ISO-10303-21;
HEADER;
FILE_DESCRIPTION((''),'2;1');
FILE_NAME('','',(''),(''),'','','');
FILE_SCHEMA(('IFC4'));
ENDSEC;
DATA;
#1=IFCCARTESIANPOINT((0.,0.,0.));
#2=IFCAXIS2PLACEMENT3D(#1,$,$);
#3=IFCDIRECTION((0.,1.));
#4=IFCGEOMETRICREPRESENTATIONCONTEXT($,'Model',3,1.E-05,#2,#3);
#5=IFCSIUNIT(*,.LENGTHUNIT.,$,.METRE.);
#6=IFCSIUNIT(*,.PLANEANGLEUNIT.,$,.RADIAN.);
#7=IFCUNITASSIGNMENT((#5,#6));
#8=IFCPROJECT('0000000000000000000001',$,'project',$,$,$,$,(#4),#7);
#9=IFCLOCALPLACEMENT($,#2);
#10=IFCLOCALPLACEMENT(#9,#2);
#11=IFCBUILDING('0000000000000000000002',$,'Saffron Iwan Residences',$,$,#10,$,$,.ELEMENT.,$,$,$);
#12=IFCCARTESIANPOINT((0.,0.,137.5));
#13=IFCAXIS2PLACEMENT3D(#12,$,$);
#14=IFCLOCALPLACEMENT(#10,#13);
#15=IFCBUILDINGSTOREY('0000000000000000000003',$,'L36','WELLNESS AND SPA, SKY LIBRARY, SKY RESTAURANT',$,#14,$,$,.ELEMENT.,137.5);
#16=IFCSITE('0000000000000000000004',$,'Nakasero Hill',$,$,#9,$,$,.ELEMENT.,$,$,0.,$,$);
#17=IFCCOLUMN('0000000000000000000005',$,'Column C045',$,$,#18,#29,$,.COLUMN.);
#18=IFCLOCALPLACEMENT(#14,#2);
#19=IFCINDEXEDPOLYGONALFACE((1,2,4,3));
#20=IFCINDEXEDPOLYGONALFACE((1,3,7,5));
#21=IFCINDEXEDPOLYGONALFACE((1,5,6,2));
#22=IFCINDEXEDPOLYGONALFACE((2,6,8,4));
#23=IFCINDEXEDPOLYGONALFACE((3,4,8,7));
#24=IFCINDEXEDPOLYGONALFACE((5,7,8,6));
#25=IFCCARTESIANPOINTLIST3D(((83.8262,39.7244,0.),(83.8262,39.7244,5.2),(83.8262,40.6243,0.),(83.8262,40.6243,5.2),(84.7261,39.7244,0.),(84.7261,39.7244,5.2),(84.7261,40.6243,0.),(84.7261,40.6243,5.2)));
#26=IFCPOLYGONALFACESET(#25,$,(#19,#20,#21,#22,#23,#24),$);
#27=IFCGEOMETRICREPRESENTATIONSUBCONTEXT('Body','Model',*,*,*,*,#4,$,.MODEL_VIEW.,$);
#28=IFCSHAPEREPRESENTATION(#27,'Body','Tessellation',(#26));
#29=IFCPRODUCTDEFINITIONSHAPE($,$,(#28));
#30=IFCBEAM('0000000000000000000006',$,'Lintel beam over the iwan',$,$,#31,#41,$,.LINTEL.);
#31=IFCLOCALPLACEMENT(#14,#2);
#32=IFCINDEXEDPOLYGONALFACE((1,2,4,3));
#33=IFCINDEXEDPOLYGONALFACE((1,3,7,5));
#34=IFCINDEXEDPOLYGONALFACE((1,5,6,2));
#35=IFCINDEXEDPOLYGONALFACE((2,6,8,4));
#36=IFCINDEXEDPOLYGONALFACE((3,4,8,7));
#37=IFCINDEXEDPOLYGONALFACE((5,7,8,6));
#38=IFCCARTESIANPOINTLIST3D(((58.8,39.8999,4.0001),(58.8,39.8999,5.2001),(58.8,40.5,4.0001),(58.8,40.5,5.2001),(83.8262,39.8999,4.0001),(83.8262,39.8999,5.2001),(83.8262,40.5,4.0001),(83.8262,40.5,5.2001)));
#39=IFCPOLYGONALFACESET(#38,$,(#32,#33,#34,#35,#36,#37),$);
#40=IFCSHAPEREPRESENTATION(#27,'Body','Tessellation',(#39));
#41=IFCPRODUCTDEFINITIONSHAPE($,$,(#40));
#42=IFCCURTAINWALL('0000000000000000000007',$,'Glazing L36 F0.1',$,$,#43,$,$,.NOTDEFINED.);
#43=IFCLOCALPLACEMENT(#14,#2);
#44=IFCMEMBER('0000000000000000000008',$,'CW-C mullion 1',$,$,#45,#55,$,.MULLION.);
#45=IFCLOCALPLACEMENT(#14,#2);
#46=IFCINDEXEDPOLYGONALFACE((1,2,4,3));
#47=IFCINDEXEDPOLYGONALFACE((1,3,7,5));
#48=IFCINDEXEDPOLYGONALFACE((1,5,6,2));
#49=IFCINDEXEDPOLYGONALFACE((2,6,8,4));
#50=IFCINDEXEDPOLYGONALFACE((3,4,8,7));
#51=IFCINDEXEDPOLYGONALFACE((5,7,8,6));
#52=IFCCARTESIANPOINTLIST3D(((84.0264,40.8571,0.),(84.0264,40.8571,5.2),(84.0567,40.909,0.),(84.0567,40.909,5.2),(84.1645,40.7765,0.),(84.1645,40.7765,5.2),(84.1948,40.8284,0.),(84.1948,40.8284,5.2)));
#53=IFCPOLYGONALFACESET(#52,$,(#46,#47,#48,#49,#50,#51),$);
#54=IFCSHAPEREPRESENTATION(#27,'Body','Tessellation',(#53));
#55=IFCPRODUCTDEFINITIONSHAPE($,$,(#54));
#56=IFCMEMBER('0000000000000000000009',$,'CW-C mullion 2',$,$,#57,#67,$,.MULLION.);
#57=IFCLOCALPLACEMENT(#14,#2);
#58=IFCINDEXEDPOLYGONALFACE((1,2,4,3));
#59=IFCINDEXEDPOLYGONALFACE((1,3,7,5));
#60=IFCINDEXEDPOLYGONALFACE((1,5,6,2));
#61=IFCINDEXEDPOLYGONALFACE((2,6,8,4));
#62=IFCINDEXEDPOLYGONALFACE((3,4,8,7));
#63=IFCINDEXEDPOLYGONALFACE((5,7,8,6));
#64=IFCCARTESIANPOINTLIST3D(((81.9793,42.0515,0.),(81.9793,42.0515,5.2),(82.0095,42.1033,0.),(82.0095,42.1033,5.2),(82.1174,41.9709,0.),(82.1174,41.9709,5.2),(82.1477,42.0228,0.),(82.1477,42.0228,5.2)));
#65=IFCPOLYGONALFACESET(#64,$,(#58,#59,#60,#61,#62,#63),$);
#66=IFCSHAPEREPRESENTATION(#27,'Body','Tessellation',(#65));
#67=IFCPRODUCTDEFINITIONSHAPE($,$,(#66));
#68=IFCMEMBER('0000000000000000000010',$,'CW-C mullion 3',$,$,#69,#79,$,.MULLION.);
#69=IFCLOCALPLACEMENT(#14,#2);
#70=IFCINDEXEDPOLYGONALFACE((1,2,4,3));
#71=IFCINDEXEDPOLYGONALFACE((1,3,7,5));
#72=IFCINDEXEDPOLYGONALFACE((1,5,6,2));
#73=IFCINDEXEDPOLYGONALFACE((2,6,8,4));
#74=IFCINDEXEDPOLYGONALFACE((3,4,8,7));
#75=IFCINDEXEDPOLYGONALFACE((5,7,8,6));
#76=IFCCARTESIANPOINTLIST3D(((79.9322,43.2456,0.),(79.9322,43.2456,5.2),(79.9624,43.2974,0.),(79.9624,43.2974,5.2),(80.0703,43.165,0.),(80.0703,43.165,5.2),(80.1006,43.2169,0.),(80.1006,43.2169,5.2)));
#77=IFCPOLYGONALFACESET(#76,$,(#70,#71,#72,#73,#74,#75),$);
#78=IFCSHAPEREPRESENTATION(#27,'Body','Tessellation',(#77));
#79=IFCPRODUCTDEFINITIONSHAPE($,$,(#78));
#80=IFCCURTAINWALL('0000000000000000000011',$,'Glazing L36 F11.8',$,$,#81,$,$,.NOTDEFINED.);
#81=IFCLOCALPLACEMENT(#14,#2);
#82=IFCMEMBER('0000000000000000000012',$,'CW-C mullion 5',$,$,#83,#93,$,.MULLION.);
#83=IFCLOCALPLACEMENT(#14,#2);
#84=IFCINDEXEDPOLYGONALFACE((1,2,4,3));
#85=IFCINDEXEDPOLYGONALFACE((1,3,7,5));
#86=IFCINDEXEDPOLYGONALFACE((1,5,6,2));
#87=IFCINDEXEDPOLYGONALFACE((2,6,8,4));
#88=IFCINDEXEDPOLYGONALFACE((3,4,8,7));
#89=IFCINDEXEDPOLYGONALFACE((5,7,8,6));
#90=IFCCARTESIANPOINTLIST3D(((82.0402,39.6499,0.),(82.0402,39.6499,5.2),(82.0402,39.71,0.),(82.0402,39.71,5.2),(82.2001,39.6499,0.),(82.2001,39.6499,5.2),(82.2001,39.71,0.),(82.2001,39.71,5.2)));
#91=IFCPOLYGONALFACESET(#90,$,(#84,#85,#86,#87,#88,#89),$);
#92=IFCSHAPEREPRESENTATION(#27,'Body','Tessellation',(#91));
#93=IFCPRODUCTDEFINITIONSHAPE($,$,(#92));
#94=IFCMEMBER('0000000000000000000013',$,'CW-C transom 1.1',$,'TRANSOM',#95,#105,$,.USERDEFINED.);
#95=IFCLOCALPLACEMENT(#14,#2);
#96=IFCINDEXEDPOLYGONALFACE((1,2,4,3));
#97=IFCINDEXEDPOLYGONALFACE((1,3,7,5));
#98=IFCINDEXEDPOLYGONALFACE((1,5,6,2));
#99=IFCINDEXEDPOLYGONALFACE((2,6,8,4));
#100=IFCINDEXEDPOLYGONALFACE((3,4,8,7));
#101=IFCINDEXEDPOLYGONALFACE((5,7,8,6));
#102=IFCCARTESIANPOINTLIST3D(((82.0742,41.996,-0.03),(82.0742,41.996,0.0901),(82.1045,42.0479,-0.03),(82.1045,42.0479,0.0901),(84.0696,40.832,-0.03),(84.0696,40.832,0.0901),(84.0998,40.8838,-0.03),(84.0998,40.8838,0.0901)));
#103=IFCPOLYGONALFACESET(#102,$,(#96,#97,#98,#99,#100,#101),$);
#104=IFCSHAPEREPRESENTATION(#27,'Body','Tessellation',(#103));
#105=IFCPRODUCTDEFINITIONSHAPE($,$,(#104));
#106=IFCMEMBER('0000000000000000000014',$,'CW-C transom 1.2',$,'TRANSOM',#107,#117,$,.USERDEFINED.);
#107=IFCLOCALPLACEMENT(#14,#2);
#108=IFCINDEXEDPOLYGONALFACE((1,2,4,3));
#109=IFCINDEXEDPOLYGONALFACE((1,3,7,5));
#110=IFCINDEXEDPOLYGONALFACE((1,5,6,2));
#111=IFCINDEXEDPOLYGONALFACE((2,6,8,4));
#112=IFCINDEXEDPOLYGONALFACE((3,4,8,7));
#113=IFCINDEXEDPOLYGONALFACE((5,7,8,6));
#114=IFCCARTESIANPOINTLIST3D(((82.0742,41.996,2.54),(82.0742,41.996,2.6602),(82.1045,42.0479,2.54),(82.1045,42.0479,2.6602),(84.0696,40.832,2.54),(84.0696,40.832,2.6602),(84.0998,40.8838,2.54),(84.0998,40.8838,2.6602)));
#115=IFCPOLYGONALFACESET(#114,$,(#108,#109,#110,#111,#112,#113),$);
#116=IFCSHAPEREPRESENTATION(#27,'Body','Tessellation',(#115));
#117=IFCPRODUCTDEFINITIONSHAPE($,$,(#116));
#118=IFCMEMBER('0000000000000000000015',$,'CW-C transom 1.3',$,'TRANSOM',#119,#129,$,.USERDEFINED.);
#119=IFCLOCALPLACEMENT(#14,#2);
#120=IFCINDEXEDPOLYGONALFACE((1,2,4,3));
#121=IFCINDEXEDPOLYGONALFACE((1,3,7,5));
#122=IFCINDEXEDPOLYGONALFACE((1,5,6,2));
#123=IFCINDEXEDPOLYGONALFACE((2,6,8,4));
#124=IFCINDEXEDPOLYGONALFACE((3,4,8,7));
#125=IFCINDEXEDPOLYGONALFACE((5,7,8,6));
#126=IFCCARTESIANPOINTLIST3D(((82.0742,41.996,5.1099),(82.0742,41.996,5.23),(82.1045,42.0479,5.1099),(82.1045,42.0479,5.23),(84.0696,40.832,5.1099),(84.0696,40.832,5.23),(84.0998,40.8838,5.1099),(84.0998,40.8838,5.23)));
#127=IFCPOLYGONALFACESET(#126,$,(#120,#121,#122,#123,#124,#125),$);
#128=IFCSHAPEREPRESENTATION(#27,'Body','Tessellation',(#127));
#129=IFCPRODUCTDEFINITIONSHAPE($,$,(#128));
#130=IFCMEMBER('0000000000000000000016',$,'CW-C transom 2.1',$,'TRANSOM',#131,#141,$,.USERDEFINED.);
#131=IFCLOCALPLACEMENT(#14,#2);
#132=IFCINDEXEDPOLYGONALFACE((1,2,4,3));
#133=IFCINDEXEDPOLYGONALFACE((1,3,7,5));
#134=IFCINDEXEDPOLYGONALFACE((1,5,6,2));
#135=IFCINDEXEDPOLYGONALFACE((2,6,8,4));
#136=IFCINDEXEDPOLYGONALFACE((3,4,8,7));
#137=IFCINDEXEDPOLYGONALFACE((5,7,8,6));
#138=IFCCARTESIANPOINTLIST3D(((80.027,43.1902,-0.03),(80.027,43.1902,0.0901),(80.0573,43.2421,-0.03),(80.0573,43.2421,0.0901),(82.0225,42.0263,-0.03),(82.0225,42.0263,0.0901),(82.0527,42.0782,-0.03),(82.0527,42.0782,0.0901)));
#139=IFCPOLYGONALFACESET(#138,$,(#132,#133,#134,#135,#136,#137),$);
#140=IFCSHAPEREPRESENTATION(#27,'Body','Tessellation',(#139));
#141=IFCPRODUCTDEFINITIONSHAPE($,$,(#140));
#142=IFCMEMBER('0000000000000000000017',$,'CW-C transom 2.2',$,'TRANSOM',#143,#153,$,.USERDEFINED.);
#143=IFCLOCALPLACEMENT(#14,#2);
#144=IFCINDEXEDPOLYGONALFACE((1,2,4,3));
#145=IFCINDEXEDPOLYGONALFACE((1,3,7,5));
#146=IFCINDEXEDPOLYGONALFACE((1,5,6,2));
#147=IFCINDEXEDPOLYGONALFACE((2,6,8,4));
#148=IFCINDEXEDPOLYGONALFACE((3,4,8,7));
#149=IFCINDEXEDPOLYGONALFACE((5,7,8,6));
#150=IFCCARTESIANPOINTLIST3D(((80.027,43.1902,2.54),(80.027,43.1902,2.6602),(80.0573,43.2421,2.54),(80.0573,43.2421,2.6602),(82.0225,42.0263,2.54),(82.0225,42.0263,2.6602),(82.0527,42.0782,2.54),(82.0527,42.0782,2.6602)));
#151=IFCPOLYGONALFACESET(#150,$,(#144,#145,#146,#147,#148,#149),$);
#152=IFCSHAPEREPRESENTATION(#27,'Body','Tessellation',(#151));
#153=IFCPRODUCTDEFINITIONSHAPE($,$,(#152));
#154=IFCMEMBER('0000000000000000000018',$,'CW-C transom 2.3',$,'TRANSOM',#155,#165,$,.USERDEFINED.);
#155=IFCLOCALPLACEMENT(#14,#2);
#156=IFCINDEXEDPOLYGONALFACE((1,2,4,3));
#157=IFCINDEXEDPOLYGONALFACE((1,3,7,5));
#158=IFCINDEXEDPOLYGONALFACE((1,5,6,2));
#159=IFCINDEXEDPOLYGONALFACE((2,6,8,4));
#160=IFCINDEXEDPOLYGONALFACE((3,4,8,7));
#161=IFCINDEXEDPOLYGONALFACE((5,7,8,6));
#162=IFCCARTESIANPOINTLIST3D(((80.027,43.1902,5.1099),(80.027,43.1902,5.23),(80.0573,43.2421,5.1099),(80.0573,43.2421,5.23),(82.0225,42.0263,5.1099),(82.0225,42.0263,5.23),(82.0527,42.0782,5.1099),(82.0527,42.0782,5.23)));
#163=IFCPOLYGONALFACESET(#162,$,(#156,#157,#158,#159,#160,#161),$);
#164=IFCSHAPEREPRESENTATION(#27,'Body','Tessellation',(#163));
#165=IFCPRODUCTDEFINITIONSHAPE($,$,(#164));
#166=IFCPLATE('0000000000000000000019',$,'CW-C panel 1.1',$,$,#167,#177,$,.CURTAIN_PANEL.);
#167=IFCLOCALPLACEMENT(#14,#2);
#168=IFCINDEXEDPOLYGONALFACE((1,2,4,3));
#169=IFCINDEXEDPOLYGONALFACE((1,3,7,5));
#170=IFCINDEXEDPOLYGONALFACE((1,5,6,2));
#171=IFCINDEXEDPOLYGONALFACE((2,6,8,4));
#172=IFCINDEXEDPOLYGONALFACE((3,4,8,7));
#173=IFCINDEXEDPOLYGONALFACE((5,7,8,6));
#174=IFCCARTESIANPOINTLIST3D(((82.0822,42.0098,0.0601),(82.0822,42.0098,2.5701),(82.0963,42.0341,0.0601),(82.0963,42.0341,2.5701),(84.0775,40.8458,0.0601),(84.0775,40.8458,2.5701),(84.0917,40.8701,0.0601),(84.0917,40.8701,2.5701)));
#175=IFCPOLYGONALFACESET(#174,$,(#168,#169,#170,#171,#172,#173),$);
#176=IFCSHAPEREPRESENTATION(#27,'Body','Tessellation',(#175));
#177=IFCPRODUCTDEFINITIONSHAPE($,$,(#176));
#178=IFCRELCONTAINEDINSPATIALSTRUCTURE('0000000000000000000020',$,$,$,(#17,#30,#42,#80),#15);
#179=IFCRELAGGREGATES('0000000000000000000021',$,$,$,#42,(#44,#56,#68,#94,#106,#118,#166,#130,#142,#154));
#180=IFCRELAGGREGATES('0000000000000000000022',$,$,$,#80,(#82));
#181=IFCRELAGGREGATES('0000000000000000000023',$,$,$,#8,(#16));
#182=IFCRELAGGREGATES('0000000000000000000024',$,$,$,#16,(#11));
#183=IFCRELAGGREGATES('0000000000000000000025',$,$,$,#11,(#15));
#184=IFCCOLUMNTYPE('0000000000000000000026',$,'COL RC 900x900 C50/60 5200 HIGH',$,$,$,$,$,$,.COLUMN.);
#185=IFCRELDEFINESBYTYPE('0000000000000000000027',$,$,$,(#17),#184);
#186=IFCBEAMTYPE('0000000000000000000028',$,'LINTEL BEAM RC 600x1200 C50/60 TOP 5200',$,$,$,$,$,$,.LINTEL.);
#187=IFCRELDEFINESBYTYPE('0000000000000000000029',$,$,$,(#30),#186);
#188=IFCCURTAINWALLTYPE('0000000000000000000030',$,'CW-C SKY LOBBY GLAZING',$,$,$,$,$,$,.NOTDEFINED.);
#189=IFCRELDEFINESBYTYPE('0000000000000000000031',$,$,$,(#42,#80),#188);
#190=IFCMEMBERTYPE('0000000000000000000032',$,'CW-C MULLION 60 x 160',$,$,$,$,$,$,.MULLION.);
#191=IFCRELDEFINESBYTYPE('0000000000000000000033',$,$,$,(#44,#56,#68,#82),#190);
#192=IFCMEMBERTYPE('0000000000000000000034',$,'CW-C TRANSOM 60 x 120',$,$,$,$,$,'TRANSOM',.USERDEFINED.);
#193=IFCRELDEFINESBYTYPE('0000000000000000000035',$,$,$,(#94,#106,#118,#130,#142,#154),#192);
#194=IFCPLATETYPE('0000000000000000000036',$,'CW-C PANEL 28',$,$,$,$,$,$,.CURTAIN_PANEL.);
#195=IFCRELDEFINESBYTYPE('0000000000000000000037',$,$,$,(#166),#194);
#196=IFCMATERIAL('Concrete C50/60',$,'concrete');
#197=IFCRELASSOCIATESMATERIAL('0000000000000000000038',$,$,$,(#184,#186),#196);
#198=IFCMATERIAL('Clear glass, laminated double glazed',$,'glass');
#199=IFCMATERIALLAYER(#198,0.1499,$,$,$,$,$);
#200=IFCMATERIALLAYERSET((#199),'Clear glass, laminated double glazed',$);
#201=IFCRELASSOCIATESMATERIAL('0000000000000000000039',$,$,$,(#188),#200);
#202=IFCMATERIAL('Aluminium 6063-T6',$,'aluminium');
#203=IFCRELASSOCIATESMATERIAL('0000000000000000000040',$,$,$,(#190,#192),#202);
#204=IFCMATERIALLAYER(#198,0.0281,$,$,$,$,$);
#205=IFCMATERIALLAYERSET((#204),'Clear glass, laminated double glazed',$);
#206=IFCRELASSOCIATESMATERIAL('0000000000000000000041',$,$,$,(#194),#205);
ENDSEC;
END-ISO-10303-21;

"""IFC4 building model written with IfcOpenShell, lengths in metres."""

from ifc_helpers import new_model, si_unit, direction, frame, origin, origin_2d, place, context, subcontext, project, spatial, rectangle, extrude, source, transform, mapped, material, layer, layer_set, material_profile, profile_set, type_object, element, aggregate, save


model = new_model("IFC4")

# Units and contexts
model_context = context("Model", 3, precision=1e-05, world=origin(), true_north=direction((0.0, 1.0)))
body_context = subcontext(model_context, "Body", "Model", "MODEL_VIEW")
ifc_project = project(units=[si_unit("LENGTHUNIT", "METRE"), si_unit("PLANEANGLEUNIT", "RADIAN")], contexts=[model_context])

# Site, building, storey
site_placement = place(None, origin())
site = spatial("IfcSite", under=ifc_project, at=site_placement, Name="Nakasero Hill", CompositionType="ELEMENT", RefElevation=0.0)
building_placement = place(site_placement, origin())
building = spatial("IfcBuilding", under=site, at=building_placement, Name="Saffron Iwan Residences", CompositionType="ELEMENT")
storey_placement = place(building_placement, frame((0.0, 0.0, 137.5)))
storey = spatial("IfcBuildingStorey", under=building, at=storey_placement, Name="L36", Description="WELLNESS AND SPA, SKY LIBRARY, SKY RESTAURANT", CompositionType="ELEMENT", Elevation=137.5)

# Column
ifc_material_1 = material(Name="Concrete C50/60", Category="concrete")
ifc_material_profile_1 = material_profile(ifc_material_1, rectangle(XDim=0.8999, YDim=0.8999, at=origin_2d()), Name="RC 900x900")
ifc_profile_set_1 = profile_set([ifc_material_profile_1], Name="Concrete C50/60")
column_type = type_object("IfcColumnType", Name="COL RC 900x900 C50/60 5200 HIGH", PredefinedType="COLUMN", material=ifc_profile_set_1)
shared_shape_1 = source(origin(), body_context, "Body", "SweptSolid", [
    extrude(rectangle(XDim=0.8999, YDim=0.8999, at=origin_2d()), origin(), (0.0, 0.0, 1.0), 5.2),
])
column_placement = place(storey_placement, frame((84.2761, 40.1743, 0.0), z_axis=(0.0, 0.0, 1.0), x_axis=(1.0, 0.0, 0.0)))
element("IfcColumn", 1, at=column_placement, inside=storey, type_object=column_type, Name="Column C045", PredefinedType="COLUMN", context=body_context, shape_type="MappedRepresentation", body=[
    mapped(shared_shape_1, transform((0.0, 0.0, 0.0))),
])

# Beam
ifc_material_profile_2 = material_profile(ifc_material_1, rectangle(XDim=0.6001, YDim=1.2, at=origin_2d()), Name="RC 600x1200")
ifc_profile_set_2 = profile_set([ifc_material_profile_2], Name="Concrete C50/60")
beam_type = type_object("IfcBeamType", Name="LINTEL BEAM RC 600x1200 C50/60 TOP 5200", PredefinedType="LINTEL", material=ifc_profile_set_2)
shared_shape_2 = source(origin(), body_context, "Body", "SweptSolid", [
    extrude(rectangle(XDim=0.6001, YDim=1.2, at=origin_2d()), origin(), (0.0, 0.0, 1.0), 25.0261),
])
beam_placement = place(storey_placement, frame((83.8262, 40.2, 4.6001), z_axis=(-1.0, 0.0, 0.0), x_axis=(0.0, -1.0, 0.0)))
element("IfcBeam", 2, at=beam_placement, inside=storey, type_object=beam_type, Name="Lintel beam over the iwan", PredefinedType="LINTEL", context=body_context, shape_type="MappedRepresentation", body=[
    mapped(shared_shape_2, transform((0.0, 0.0, 0.0))),
])

# Curtain wall, members
ifc_material_2 = material(Name="Clear glass, laminated double glazed", Category="glass")
ifc_layer_1 = layer(ifc_material_2, 0.1499)
ifc_layer_set_1 = layer_set([ifc_layer_1], Name="Clear glass, laminated double glazed")
curtain_wall_type = type_object("IfcCurtainWallType", Name="CW-C SKY LOBBY GLAZING", PredefinedType="NOTDEFINED", material=ifc_layer_set_1)
curtain_wall_1_placement = place(storey_placement, origin())
curtain_wall_1 = element("IfcCurtainWall", 3, at=curtain_wall_1_placement, inside=storey, type_object=curtain_wall_type, Name="Glazing L36 F0.1", PredefinedType="NOTDEFINED")
ifc_material_3 = material(Name="Aluminium 6063-T6", Category="aluminium")
ifc_material_profile_3 = material_profile(ifc_material_3, rectangle(XDim=0.0601, YDim=0.1599, at=origin_2d()), Name="CW-C MULLION 60 x 160")
ifc_profile_set_3 = profile_set([ifc_material_profile_3], Name="Aluminium 6063-T6")
member_type_1 = type_object("IfcMemberType", Name="CW-C MULLION 60 x 160", PredefinedType="MULLION", material=ifc_profile_set_3)
shared_shape_3 = source(origin(), body_context, "Body", "SweptSolid", [
    extrude(rectangle(XDim=0.0601, YDim=0.1599, at=origin_2d()), origin(), (0.0, 0.0, 1.0), 5.2),
])
member_1_placement = place(storey_placement, frame((84.1106, 40.8428, 0.0), z_axis=(0.0, 0.0, 1.0), x_axis=(-0.503871, -0.863779, 0.0)))
member_1 = element("IfcMember", 4, at=member_1_placement, type_object=member_type_1, Name="CW-C mullion 1", PredefinedType="MULLION", context=body_context, shape_type="MappedRepresentation", body=[
    mapped(shared_shape_3, transform((0.0, 0.0, 0.0))),
])
member_2_placement = place(storey_placement, frame((82.0635, 42.0371, 0.0), z_axis=(0.0, 0.0, 1.0), x_axis=(-0.503871, -0.863779, 0.0)))
member_2 = element("IfcMember", 5, at=member_2_placement, type_object=member_type_1, Name="CW-C mullion 2", PredefinedType="MULLION", context=body_context, shape_type="MappedRepresentation", body=[
    mapped(shared_shape_3, transform((0.0, 0.0, 0.0))),
])
member_3_placement = place(storey_placement, frame((80.0164, 43.2312, 0.0), z_axis=(0.0, 0.0, 1.0), x_axis=(-0.503871, -0.863779, 0.0)))
member_3 = element("IfcMember", 6, at=member_3_placement, type_object=member_type_1, Name="CW-C mullion 3", PredefinedType="MULLION", context=body_context, shape_type="MappedRepresentation", body=[
    mapped(shared_shape_3, transform((0.0, 0.0, 0.0))),
])

# Curtain wall, member
curtain_wall_2_placement = place(storey_placement, origin())
curtain_wall_2 = element("IfcCurtainWall", 7, at=curtain_wall_2_placement, inside=storey, type_object=curtain_wall_type, Name="Glazing L36 F11.8", PredefinedType="NOTDEFINED")
member_4_placement = place(storey_placement, frame((82.1201, 39.6799, 0.0), z_axis=(0.0, 0.0, 1.0), x_axis=(0.0, 1.0, 0.0)))
member_4 = element("IfcMember", 8, at=member_4_placement, type_object=member_type_1, Name="CW-C mullion 5", PredefinedType="MULLION", context=body_context, shape_type="MappedRepresentation", body=[
    mapped(shared_shape_3, transform((0.0, 0.0, 0.0))),
])

# Members
ifc_material_profile_4 = material_profile(ifc_material_3, rectangle(XDim=0.0601, YDim=0.1201, at=origin_2d()), Name="CW-C TRANSOM 60 x 120")
ifc_profile_set_4 = profile_set([ifc_material_profile_4], Name="Aluminium 6063-T6")
member_type_2 = type_object("IfcMemberType", Name="CW-C TRANSOM 60 x 120", ElementType="TRANSOM", PredefinedType="USERDEFINED", material=ifc_profile_set_4)
shared_shape_4 = source(origin(), body_context, "Body", "SweptSolid", [
    extrude(rectangle(XDim=0.0601, YDim=0.1201, at=origin_2d()), origin(), (0.0, 0.0, 1.0), 2.3101),
])
member_5_placement = place(storey_placement, frame((84.0847, 40.8579, 0.03), z_axis=(-0.86376, 0.503904, 0.0), x_axis=(-0.503904, -0.86376, 0.0)))
member_5 = element("IfcMember", 9, at=member_5_placement, type_object=member_type_2, Name="CW-C transom 1.1", ObjectType="TRANSOM", PredefinedType="USERDEFINED", context=body_context, shape_type="MappedRepresentation", body=[
    mapped(shared_shape_4, transform((0.0, 0.0, 0.0))),
])
member_6_placement = place(storey_placement, frame((84.0847, 40.8579, 2.6001), z_axis=(-0.86376, 0.503904, 0.0), x_axis=(-0.503904, -0.86376, 0.0)))
member_6 = element("IfcMember", 10, at=member_6_placement, type_object=member_type_2, Name="CW-C transom 1.2", ObjectType="TRANSOM", PredefinedType="USERDEFINED", context=body_context, shape_type="MappedRepresentation", body=[
    mapped(shared_shape_4, transform((0.0, 0.0, 0.0))),
])
member_7_placement = place(storey_placement, frame((84.0847, 40.8579, 5.1699), z_axis=(-0.86376, 0.503904, 0.0), x_axis=(-0.503904, -0.86376, 0.0)))
member_7 = element("IfcMember", 11, at=member_7_placement, type_object=member_type_2, Name="CW-C transom 1.3", ObjectType="TRANSOM", PredefinedType="USERDEFINED", context=body_context, shape_type="MappedRepresentation", body=[
    mapped(shared_shape_4, transform((0.0, 0.0, 0.0))),
])
member_8_placement = place(storey_placement, frame((82.0376, 42.0522, 0.03), z_axis=(-0.863806, 0.503825, 0.0), x_axis=(-0.503825, -0.863806, 0.0)))
member_8 = element("IfcMember", 12, at=member_8_placement, type_object=member_type_2, Name="CW-C transom 2.1", ObjectType="TRANSOM", PredefinedType="USERDEFINED", context=body_context, shape_type="MappedRepresentation", body=[
    mapped(shared_shape_4, transform((0.0, 0.0, 0.0))),
])
member_9_placement = place(storey_placement, frame((82.0376, 42.0522, 2.6001), z_axis=(-0.863806, 0.503825, 0.0), x_axis=(-0.503825, -0.863806, 0.0)))
member_9 = element("IfcMember", 13, at=member_9_placement, type_object=member_type_2, Name="CW-C transom 2.2", ObjectType="TRANSOM", PredefinedType="USERDEFINED", context=body_context, shape_type="MappedRepresentation", body=[
    mapped(shared_shape_4, transform((0.0, 0.0, 0.0))),
])
member_10_placement = place(storey_placement, frame((82.0376, 42.0522, 5.1699), z_axis=(-0.863806, 0.503825, 0.0), x_axis=(-0.503825, -0.863806, 0.0)))
member_10 = element("IfcMember", 14, at=member_10_placement, type_object=member_type_2, Name="CW-C transom 2.3", ObjectType="TRANSOM", PredefinedType="USERDEFINED", context=body_context, shape_type="MappedRepresentation", body=[
    mapped(shared_shape_4, transform((0.0, 0.0, 0.0))),
])

# Plate
ifc_layer_2 = layer(ifc_material_2, 0.0281)
ifc_layer_set_2 = layer_set([ifc_layer_2], Name="Clear glass, laminated double glazed")
plate_type = type_object("IfcPlateType", Name="CW-C PANEL 28", PredefinedType="CURTAIN_PANEL", material=ifc_layer_set_2)
shared_shape_5 = source(origin(), body_context, "Body", "SweptSolid", [
    extrude(rectangle(XDim=2.3101, YDim=0.0281, at=origin_2d()), origin(), (0.0, 0.0, 1.0), 2.51),
])
plate_1_placement = place(storey_placement, frame((83.0869, 41.4399, 0.0601), z_axis=(0.0, 0.0, 1.0), x_axis=(-0.863779, 0.503871, 0.0)))
plate_1 = element("IfcPlate", 15, at=plate_1_placement, type_object=plate_type, Name="CW-C panel 1.1", PredefinedType="CURTAIN_PANEL", context=body_context, shape_type="MappedRepresentation", body=[
    mapped(shared_shape_5, transform((0.0, 0.0, 0.0))),
])
aggregate(curtain_wall_1, [member_1, member_2, member_3, member_5, member_6, member_7, plate_1, member_8, member_9, member_10])
aggregate(curtain_wall_2, [member_4])

save(model, "model.ifc")
